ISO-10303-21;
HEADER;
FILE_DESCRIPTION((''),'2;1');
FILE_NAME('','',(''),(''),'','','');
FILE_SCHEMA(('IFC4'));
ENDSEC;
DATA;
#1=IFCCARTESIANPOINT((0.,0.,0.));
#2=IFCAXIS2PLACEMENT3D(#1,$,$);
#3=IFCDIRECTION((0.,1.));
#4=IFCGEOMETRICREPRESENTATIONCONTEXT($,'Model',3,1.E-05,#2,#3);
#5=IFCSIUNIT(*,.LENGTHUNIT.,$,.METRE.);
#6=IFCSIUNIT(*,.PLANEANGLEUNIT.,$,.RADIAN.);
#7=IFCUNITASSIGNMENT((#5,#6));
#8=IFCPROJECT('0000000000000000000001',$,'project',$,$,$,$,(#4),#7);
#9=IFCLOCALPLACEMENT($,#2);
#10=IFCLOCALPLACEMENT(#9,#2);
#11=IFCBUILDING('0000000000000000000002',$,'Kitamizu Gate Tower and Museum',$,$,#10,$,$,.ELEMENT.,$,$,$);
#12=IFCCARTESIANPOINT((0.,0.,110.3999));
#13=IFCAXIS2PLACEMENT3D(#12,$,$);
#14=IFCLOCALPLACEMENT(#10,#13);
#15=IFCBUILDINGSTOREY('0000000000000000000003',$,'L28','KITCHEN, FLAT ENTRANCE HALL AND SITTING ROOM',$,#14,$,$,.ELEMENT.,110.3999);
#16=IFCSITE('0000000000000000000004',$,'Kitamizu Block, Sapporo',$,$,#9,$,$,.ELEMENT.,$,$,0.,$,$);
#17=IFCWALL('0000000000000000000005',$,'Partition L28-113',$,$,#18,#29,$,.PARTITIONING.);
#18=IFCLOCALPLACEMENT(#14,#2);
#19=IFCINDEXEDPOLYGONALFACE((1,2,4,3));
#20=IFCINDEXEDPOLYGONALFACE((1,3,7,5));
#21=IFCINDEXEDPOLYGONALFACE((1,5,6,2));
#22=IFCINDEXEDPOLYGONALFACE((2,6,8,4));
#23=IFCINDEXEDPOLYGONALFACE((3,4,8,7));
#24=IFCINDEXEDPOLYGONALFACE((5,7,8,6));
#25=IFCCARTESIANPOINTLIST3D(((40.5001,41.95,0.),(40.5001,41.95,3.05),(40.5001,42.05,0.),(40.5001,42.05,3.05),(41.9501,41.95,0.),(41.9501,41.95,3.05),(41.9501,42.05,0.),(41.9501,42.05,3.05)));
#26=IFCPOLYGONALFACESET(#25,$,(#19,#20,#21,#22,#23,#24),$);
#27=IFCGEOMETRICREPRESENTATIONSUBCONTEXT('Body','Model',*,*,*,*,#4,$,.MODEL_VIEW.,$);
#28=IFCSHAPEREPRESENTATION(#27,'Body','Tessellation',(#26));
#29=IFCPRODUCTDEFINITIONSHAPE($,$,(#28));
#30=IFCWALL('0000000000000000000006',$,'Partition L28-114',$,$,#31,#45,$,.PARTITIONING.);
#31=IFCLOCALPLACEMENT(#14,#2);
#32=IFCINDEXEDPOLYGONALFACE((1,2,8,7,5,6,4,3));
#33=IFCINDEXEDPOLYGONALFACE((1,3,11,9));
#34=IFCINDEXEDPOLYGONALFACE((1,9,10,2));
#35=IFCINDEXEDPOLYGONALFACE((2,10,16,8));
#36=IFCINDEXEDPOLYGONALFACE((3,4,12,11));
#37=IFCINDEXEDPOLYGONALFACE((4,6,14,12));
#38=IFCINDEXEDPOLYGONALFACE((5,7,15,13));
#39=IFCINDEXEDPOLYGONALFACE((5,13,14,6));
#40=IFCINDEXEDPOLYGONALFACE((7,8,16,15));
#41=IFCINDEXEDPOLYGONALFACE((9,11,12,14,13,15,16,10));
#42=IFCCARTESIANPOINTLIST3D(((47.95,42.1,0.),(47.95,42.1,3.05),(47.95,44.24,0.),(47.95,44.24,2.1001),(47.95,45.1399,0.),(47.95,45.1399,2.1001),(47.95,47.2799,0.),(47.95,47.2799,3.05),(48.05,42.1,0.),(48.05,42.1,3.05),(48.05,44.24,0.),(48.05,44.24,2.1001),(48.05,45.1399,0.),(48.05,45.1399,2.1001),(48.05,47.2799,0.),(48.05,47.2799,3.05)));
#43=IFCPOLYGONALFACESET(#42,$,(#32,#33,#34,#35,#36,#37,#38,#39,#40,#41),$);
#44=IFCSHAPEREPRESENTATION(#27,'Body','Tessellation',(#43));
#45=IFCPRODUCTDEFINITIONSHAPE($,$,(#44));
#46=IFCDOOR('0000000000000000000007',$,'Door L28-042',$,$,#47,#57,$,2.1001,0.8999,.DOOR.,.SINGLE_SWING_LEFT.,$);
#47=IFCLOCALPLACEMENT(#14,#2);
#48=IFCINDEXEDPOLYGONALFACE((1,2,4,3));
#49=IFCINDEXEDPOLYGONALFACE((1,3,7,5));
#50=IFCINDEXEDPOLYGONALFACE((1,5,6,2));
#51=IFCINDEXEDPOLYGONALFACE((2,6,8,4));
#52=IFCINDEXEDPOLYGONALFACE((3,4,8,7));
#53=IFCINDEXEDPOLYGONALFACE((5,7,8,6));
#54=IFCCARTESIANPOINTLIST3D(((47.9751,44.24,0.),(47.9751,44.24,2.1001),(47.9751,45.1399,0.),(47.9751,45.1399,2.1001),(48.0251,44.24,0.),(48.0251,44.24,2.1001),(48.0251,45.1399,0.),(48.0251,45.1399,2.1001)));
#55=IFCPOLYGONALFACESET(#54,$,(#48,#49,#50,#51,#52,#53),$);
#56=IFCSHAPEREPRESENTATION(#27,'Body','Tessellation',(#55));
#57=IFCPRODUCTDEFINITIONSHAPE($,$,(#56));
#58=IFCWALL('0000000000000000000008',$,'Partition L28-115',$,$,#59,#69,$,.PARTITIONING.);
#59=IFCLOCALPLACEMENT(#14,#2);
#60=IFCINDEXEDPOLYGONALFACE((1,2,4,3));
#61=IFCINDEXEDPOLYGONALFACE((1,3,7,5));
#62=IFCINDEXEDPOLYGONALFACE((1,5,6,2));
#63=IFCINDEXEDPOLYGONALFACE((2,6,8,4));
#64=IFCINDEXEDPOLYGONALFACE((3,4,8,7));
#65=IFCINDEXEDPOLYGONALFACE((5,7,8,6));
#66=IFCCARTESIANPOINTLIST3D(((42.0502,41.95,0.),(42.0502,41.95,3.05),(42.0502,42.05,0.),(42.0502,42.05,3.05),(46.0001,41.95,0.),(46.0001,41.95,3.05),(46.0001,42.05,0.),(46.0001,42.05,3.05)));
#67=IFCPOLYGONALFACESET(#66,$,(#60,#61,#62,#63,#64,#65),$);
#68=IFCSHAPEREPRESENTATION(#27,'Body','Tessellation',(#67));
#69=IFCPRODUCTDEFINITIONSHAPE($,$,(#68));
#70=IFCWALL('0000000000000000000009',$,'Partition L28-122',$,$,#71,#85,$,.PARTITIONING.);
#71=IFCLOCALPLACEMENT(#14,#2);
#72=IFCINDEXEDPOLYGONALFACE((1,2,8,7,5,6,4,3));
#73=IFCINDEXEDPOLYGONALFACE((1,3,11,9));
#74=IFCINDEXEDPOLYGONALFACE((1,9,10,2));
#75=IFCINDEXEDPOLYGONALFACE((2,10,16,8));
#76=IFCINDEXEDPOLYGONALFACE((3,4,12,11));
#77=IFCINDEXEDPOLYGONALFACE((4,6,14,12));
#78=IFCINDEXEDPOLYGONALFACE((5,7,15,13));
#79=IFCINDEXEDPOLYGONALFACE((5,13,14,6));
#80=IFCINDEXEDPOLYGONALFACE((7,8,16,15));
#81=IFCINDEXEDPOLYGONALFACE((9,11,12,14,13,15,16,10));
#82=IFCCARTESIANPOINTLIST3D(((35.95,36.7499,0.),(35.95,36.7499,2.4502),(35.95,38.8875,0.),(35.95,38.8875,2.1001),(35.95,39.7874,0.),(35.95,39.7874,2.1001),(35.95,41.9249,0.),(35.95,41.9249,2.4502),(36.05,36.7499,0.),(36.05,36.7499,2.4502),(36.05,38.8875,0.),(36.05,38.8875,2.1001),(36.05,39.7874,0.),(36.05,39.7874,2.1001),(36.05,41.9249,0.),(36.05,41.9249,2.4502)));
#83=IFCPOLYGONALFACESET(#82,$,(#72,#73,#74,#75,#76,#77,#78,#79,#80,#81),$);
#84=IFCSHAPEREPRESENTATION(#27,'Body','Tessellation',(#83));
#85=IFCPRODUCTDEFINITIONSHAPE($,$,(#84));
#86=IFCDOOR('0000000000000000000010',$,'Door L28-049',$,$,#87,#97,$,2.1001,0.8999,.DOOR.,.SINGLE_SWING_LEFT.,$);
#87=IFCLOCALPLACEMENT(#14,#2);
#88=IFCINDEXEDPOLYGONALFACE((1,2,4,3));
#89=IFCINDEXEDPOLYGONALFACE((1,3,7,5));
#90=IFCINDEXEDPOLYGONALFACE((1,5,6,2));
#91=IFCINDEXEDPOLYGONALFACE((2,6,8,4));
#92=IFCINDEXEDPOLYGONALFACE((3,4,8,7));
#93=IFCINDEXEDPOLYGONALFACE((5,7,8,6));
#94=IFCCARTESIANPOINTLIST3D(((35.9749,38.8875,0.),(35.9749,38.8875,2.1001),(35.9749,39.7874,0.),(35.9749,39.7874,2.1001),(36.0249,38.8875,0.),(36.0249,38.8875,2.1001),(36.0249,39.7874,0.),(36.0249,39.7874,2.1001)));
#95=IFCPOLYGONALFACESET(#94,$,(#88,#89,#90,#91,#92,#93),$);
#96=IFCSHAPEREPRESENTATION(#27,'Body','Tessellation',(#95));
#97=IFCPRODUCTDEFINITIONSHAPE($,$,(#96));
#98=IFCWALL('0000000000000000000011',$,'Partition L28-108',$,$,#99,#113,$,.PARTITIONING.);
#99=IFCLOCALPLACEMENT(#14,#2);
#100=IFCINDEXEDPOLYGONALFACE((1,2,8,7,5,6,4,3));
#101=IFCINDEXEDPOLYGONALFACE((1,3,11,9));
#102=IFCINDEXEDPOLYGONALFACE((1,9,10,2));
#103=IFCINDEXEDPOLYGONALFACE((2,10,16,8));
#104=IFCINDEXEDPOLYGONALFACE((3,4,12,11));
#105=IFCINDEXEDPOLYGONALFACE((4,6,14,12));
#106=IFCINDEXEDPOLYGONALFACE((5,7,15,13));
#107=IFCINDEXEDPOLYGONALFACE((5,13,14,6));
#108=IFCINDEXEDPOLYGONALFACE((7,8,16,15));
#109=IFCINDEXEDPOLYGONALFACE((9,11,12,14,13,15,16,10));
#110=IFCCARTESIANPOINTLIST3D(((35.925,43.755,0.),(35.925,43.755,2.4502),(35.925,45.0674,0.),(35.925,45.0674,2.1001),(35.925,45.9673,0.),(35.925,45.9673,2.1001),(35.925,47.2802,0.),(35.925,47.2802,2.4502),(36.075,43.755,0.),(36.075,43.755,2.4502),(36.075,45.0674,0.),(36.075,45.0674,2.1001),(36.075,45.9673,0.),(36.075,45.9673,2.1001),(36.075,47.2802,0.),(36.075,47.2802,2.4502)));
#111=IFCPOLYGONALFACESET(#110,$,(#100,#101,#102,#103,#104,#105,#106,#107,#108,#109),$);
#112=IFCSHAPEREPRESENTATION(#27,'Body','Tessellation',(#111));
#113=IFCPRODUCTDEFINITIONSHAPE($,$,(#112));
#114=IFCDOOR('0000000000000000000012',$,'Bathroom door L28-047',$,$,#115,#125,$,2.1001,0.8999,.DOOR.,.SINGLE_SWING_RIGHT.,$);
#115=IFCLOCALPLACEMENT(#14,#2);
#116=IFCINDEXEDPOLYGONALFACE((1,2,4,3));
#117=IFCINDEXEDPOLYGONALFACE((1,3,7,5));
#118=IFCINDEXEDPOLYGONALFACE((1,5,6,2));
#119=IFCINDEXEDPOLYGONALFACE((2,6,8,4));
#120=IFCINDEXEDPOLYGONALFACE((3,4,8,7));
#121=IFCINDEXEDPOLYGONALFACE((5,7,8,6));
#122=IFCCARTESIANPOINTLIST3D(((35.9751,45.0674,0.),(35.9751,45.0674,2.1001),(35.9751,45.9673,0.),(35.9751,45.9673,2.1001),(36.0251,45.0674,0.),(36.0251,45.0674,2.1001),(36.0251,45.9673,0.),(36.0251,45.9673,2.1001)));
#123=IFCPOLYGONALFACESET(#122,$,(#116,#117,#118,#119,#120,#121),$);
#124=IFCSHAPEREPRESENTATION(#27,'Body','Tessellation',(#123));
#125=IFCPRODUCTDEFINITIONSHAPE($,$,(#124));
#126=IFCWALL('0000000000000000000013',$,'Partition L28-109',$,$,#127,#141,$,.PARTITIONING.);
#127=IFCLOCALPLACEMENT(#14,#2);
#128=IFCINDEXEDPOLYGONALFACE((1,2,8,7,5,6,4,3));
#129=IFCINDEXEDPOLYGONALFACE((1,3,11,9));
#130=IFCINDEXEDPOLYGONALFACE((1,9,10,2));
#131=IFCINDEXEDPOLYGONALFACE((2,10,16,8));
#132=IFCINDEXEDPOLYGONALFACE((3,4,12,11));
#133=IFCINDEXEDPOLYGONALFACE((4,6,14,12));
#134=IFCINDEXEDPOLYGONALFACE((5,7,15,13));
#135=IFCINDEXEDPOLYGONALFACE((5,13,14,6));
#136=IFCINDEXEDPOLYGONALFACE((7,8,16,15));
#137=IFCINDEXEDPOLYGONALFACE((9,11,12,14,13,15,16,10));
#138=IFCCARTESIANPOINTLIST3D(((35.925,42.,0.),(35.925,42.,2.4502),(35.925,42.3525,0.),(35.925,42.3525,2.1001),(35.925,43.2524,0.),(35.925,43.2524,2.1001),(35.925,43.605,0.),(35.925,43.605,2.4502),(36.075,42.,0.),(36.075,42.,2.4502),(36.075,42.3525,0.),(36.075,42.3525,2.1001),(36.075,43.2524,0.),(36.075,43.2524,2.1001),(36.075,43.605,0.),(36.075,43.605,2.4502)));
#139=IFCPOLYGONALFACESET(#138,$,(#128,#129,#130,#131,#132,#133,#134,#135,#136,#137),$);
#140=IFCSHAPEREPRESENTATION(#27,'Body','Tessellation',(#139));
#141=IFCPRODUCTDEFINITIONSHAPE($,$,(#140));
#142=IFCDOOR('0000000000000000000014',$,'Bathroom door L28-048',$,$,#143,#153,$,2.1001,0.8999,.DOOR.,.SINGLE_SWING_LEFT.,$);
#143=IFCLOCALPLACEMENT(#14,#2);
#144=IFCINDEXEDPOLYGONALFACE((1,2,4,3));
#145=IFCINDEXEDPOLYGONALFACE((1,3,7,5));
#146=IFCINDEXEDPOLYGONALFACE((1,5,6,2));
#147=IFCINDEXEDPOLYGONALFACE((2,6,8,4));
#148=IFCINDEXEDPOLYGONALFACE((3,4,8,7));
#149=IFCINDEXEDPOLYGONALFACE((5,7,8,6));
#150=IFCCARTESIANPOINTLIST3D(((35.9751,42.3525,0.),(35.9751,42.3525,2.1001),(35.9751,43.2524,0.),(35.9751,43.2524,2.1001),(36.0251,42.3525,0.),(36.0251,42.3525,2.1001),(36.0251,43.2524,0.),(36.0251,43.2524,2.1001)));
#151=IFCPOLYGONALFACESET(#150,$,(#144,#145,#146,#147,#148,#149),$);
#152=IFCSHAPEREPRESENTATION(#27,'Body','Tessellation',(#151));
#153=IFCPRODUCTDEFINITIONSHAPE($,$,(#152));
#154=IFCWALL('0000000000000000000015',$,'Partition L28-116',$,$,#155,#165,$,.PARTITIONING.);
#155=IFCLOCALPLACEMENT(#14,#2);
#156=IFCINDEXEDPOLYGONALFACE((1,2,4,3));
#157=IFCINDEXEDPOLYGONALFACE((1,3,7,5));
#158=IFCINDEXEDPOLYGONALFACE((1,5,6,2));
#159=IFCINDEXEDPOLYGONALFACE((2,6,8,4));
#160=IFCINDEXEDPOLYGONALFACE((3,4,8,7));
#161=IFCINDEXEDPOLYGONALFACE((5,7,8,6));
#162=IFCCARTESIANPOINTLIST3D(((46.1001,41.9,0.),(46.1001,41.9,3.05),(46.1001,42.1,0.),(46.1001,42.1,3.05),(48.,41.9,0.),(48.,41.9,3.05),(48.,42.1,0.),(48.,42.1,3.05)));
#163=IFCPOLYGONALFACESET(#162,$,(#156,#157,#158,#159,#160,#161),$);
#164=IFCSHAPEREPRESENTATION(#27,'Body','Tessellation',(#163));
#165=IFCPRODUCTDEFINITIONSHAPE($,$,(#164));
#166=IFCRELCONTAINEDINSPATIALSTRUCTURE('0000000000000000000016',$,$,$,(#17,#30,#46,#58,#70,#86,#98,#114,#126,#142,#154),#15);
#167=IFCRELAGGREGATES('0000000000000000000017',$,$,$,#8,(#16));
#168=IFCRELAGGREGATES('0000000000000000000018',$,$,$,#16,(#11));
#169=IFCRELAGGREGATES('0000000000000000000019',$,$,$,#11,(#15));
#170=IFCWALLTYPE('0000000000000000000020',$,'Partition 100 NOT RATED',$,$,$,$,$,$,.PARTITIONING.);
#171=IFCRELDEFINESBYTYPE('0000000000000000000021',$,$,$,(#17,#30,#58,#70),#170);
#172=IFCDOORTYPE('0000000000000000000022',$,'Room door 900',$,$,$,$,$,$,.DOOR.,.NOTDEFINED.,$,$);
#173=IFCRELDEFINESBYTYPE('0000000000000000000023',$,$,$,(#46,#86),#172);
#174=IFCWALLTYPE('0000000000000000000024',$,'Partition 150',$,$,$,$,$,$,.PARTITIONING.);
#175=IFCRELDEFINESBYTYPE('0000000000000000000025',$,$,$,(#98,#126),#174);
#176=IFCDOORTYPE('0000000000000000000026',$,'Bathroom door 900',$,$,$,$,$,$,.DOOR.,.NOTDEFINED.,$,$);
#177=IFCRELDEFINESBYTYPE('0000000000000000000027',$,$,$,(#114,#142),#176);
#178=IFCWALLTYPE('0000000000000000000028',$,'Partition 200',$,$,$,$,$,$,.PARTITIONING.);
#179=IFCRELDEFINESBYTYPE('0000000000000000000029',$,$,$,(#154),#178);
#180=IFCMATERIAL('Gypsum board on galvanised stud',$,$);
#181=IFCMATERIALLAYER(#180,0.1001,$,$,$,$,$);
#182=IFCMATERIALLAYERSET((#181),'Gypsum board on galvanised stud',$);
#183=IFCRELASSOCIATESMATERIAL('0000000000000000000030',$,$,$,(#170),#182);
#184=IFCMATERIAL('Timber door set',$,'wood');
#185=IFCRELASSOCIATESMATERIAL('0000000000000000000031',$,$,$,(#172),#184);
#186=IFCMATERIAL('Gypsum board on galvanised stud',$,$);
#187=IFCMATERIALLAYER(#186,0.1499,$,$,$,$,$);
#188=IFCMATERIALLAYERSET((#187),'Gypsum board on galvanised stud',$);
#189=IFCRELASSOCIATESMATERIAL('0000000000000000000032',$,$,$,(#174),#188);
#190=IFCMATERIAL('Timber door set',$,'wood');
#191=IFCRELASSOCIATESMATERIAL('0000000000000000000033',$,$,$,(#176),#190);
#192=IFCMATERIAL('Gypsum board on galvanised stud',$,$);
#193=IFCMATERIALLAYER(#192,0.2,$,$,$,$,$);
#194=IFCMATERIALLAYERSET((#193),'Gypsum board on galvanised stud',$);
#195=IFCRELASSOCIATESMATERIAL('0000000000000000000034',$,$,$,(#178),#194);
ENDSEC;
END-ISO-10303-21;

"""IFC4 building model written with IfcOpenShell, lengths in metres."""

from ifc_helpers import new_model, si_unit, direction, frame, frame_2d, origin, place, context, subcontext, project, spatial, rectangle, extrude, material, layer, layer_set, type_object, element, fill, save


model = new_model("IFC4")

# Units and contexts
model_context = context("Model", 3, precision=1e-05, world=origin(), true_north=direction((0.0, 1.0)))
body_context = subcontext(model_context, "Body", "Model", "MODEL_VIEW")
ifc_project = project(units=[si_unit("LENGTHUNIT", "METRE"), si_unit("PLANEANGLEUNIT", "RADIAN")], contexts=[model_context])

# Site, building, storey
site_placement = place(None, origin())
site = spatial("IfcSite", under=ifc_project, at=site_placement, Name="Kitamizu Block, Sapporo", CompositionType="ELEMENT", RefElevation=0.0)
building_placement = place(site_placement, origin())
building = spatial("IfcBuilding", under=site, at=building_placement, Name="Kitamizu Gate Tower and Museum", CompositionType="ELEMENT")
storey_placement = place(building_placement, frame((0.0, 0.0, 110.3999)))
storey = spatial("IfcBuildingStorey", under=building, at=storey_placement, Name="L28", Description="KITCHEN, FLAT ENTRANCE HALL AND SITTING ROOM", CompositionType="ELEMENT", Elevation=110.3999)

# Shared definitions
ifc_material_1 = material(Name="Gypsum board on galvanised stud")
ifc_layer_1 = layer(ifc_material_1, 0.1001)
ifc_layer_set_1 = layer_set([ifc_layer_1], Name="Gypsum board on galvanised stud")
wall_type_1 = type_object("IfcWallType", Name="Partition 100 NOT RATED", PredefinedType="PARTITIONING", material=ifc_layer_set_1)
ifc_material_2 = material(Name="Timber door set", Category="wood")
door_type_1 = type_object("IfcDoorType", Name="Room door 900", OperationType="NOTDEFINED", PredefinedType="DOOR", material=ifc_material_2)

# Wall
wall_1_placement = place(storey_placement, frame((40.5, 42.0, 0.0), z_axis=(0.0, 0.0, 1.0), x_axis=(1.0, 0.0, 0.0)))
element("IfcWall", 1, at=wall_1_placement, inside=storey, type_object=wall_type_1, Name="Partition L28-113", PredefinedType="PARTITIONING", context=body_context, shape_type="SweptSolid", body=[
    extrude(rectangle(XDim=1.45, YDim=0.1001, at=frame_2d((0.7251, 0.0))), origin(), (0.0, 0.0, 1.0), 3.05),
])

# Wall, opening, door
wall_2_placement = place(storey_placement, frame((48.0, 42.1001, 0.0), z_axis=(0.0, 0.0, 1.0), x_axis=(0.0, 1.0, 0.0)))
wall_2 = element("IfcWall", 2, at=wall_2_placement, inside=storey, type_object=wall_type_1, Name="Partition L28-114", PredefinedType="PARTITIONING", context=body_context, shape_type="SweptSolid", body=[
    extrude(rectangle(XDim=5.1799, YDim=0.1001, at=frame_2d((2.5898, 0.0))), origin(), (0.0, 0.0, 1.0), 3.05),
])
opening_1_placement = place(wall_2_placement, frame((2.1399, 0.0, 0.0)))
opening_1 = element("IfcOpeningElement", 3, at=opening_1_placement, cuts=wall_2, PredefinedType="OPENING", context=body_context, shape_type="SweptSolid", body=[
    extrude(rectangle(XDim=0.8999, YDim=2.1001, at=frame_2d((0.45, 1.05))), frame((0.0, 0.0601, 0.0), z_axis=(0.0, -1.0, 0.0), x_axis=(1.0, 0.0, 0.0)), (0.0, 0.0, 1.0), 0.1201),
])
door_1_placement = place(opening_1_placement, origin())
door_1 = element("IfcDoor", 4, at=door_1_placement, inside=storey, type_object=door_type_1, Name="Door L28-042", OperationType="SINGLE_SWING_LEFT", OverallHeight=2.1001, OverallWidth=0.8999, PredefinedType="DOOR", context=body_context, shape_type="SweptSolid", body=[
    extrude(rectangle(XDim=0.8999, YDim=2.1001, at=frame_2d((0.45, 1.05))), frame((0.0, 0.0249, 0.0), z_axis=(0.0, -1.0, 0.0), x_axis=(1.0, 0.0, 0.0)), (0.0, 0.0, 1.0), 0.05),
])
fill(opening_1, door_1)

# Wall
wall_3_placement = place(storey_placement, frame((42.05, 42.0, 0.0), z_axis=(0.0, 0.0, 1.0), x_axis=(1.0, 0.0, 0.0)))
element("IfcWall", 5, at=wall_3_placement, inside=storey, type_object=wall_type_1, Name="Partition L28-115", PredefinedType="PARTITIONING", context=body_context, shape_type="SweptSolid", body=[
    extrude(rectangle(XDim=3.95, YDim=0.1001, at=frame_2d((1.9751, 0.0))), origin(), (0.0, 0.0, 1.0), 3.05),
])

# Walls, openings, doors
wall_4_placement = place(storey_placement, frame((36.0, 36.75, 0.0), z_axis=(0.0, 0.0, 1.0), x_axis=(0.0, 1.0, 0.0)))
wall_4 = element("IfcWall", 6, at=wall_4_placement, inside=storey, type_object=wall_type_1, Name="Partition L28-122", PredefinedType="PARTITIONING", context=body_context, shape_type="SweptSolid", body=[
    extrude(rectangle(XDim=5.175, YDim=0.1001, at=frame_2d((2.5874, 0.0))), origin(), (0.0, 0.0, 1.0), 2.4502),
])
opening_2_placement = place(wall_4_placement, frame((2.1375, 0.0, 0.0)))
opening_2 = element("IfcOpeningElement", 7, at=opening_2_placement, cuts=wall_4, PredefinedType="OPENING", context=body_context, shape_type="SweptSolid", body=[
    extrude(rectangle(XDim=0.8999, YDim=2.1001, at=frame_2d((0.45, 1.05))), frame((0.0, 0.0601, 0.0), z_axis=(0.0, -1.0, 0.0), x_axis=(1.0, 0.0, 0.0)), (0.0, 0.0, 1.0), 0.1201),
])
door_2_placement = place(opening_2_placement, frame((0.8999, 0.0, 0.0), x_axis=(-1.0, 0.0, 0.0)))
door_2 = element("IfcDoor", 8, at=door_2_placement, inside=storey, type_object=door_type_1, Name="Door L28-049", OperationType="SINGLE_SWING_LEFT", OverallHeight=2.1001, OverallWidth=0.8999, PredefinedType="DOOR", context=body_context, shape_type="SweptSolid", body=[
    extrude(rectangle(XDim=0.8999, YDim=2.1001, at=frame_2d((0.45, 1.05))), frame((0.0, 0.0249, 0.0), z_axis=(0.0, -1.0, 0.0), x_axis=(1.0, 0.0, 0.0)), (0.0, 0.0, 1.0), 0.05),
])
fill(opening_2, door_2)
ifc_material_3 = material(Name="Gypsum board on galvanised stud")
ifc_layer_2 = layer(ifc_material_3, 0.1499)
ifc_layer_set_2 = layer_set([ifc_layer_2], Name="Gypsum board on galvanised stud")
wall_type_2 = type_object("IfcWallType", Name="Partition 150", PredefinedType="PARTITIONING", material=ifc_layer_set_2)
wall_5_placement = place(storey_placement, frame((36.0, 43.7549, 0.0), z_axis=(0.0, 0.0, 1.0), x_axis=(0.0, 1.0, 0.0)))
wall_5 = element("IfcWall", 9, at=wall_5_placement, inside=storey, type_object=wall_type_2, Name="Partition L28-108", PredefinedType="PARTITIONING", context=body_context, shape_type="SweptSolid", body=[
    extrude(rectangle(XDim=3.5251, YDim=0.1499, at=frame_2d((1.7627, 0.0))), origin(), (0.0, 0.0, 1.0), 2.4502),
])
opening_3_placement = place(wall_5_placement, frame((1.3125, 0.0, 0.0)))
opening_3 = element("IfcOpeningElement", 10, at=opening_3_placement, cuts=wall_5, PredefinedType="OPENING", context=body_context, shape_type="SweptSolid", body=[
    extrude(rectangle(XDim=0.8999, YDim=2.1001, at=frame_2d((0.45, 1.05))), frame((0.0, 0.085, 0.0), z_axis=(0.0, -1.0, 0.0), x_axis=(1.0, 0.0, 0.0)), (0.0, 0.0, 1.0), 0.1699),
])
ifc_material_4 = material(Name="Timber door set", Category="wood")
door_type_2 = type_object("IfcDoorType", Name="Bathroom door 900", OperationType="NOTDEFINED", PredefinedType="DOOR", material=ifc_material_4)
door_3_placement = place(opening_3_placement, origin())
door_3 = element("IfcDoor", 11, at=door_3_placement, inside=storey, type_object=door_type_2, Name="Bathroom door L28-047", OperationType="SINGLE_SWING_RIGHT", OverallHeight=2.1001, OverallWidth=0.8999, PredefinedType="DOOR", context=body_context, shape_type="SweptSolid", body=[
    extrude(rectangle(XDim=0.8999, YDim=2.1001, at=frame_2d((0.45, 1.05))), frame((0.0, 0.0249, 0.0), z_axis=(0.0, -1.0, 0.0), x_axis=(1.0, 0.0, 0.0)), (0.0, 0.0, 1.0), 0.05),
])
fill(opening_3, door_3)
wall_6_placement = place(storey_placement, frame((36.0, 42.0, 0.0), z_axis=(0.0, 0.0, 1.0), x_axis=(0.0, 1.0, 0.0)))
wall_6 = element("IfcWall", 12, at=wall_6_placement, inside=storey, type_object=wall_type_2, Name="Partition L28-109", PredefinedType="PARTITIONING", context=body_context, shape_type="SweptSolid", body=[
    extrude(rectangle(XDim=1.605, YDim=0.1499, at=frame_2d((0.8025, 0.0))), origin(), (0.0, 0.0, 1.0), 2.4502),
])
opening_4_placement = place(wall_6_placement, frame((0.3525, 0.0, 0.0)))
opening_4 = element("IfcOpeningElement", 13, at=opening_4_placement, cuts=wall_6, PredefinedType="OPENING", context=body_context, shape_type="SweptSolid", body=[
    extrude(rectangle(XDim=0.8999, YDim=2.1001, at=frame_2d((0.45, 1.05))), frame((0.0, 0.085, 0.0), z_axis=(0.0, -1.0, 0.0), x_axis=(1.0, 0.0, 0.0)), (0.0, 0.0, 1.0), 0.1699),
])
door_4_placement = place(opening_4_placement, origin())
door_4 = element("IfcDoor", 14, at=door_4_placement, inside=storey, type_object=door_type_2, Name="Bathroom door L28-048", OperationType="SINGLE_SWING_LEFT", OverallHeight=2.1001, OverallWidth=0.8999, PredefinedType="DOOR", context=body_context, shape_type="SweptSolid", body=[
    extrude(rectangle(XDim=0.8999, YDim=2.1001, at=frame_2d((0.45, 1.05))), frame((0.0, 0.0249, 0.0), z_axis=(0.0, -1.0, 0.0), x_axis=(1.0, 0.0, 0.0)), (0.0, 0.0, 1.0), 0.05),
])
fill(opening_4, door_4)

# Wall
ifc_material_5 = material(Name="Gypsum board on galvanised stud")
ifc_layer_3 = layer(ifc_material_5, 0.2)
ifc_layer_set_3 = layer_set([ifc_layer_3], Name="Gypsum board on galvanised stud")
wall_type_3 = type_object("IfcWallType", Name="Partition 200", PredefinedType="PARTITIONING", material=ifc_layer_set_3)
wall_7_placement = place(storey_placement, frame((46.1001, 42.0, 0.0), z_axis=(0.0, 0.0, 1.0), x_axis=(1.0, 0.0, 0.0)))
element("IfcWall", 15, at=wall_7_placement, inside=storey, type_object=wall_type_3, Name="Partition L28-116", PredefinedType="PARTITIONING", context=body_context, shape_type="SweptSolid", body=[
    extrude(rectangle(XDim=1.8999, YDim=0.2, at=frame_2d((0.95, 0.0))), origin(), (0.0, 0.0, 1.0), 3.05),
])

save(model, "model.ifc")
